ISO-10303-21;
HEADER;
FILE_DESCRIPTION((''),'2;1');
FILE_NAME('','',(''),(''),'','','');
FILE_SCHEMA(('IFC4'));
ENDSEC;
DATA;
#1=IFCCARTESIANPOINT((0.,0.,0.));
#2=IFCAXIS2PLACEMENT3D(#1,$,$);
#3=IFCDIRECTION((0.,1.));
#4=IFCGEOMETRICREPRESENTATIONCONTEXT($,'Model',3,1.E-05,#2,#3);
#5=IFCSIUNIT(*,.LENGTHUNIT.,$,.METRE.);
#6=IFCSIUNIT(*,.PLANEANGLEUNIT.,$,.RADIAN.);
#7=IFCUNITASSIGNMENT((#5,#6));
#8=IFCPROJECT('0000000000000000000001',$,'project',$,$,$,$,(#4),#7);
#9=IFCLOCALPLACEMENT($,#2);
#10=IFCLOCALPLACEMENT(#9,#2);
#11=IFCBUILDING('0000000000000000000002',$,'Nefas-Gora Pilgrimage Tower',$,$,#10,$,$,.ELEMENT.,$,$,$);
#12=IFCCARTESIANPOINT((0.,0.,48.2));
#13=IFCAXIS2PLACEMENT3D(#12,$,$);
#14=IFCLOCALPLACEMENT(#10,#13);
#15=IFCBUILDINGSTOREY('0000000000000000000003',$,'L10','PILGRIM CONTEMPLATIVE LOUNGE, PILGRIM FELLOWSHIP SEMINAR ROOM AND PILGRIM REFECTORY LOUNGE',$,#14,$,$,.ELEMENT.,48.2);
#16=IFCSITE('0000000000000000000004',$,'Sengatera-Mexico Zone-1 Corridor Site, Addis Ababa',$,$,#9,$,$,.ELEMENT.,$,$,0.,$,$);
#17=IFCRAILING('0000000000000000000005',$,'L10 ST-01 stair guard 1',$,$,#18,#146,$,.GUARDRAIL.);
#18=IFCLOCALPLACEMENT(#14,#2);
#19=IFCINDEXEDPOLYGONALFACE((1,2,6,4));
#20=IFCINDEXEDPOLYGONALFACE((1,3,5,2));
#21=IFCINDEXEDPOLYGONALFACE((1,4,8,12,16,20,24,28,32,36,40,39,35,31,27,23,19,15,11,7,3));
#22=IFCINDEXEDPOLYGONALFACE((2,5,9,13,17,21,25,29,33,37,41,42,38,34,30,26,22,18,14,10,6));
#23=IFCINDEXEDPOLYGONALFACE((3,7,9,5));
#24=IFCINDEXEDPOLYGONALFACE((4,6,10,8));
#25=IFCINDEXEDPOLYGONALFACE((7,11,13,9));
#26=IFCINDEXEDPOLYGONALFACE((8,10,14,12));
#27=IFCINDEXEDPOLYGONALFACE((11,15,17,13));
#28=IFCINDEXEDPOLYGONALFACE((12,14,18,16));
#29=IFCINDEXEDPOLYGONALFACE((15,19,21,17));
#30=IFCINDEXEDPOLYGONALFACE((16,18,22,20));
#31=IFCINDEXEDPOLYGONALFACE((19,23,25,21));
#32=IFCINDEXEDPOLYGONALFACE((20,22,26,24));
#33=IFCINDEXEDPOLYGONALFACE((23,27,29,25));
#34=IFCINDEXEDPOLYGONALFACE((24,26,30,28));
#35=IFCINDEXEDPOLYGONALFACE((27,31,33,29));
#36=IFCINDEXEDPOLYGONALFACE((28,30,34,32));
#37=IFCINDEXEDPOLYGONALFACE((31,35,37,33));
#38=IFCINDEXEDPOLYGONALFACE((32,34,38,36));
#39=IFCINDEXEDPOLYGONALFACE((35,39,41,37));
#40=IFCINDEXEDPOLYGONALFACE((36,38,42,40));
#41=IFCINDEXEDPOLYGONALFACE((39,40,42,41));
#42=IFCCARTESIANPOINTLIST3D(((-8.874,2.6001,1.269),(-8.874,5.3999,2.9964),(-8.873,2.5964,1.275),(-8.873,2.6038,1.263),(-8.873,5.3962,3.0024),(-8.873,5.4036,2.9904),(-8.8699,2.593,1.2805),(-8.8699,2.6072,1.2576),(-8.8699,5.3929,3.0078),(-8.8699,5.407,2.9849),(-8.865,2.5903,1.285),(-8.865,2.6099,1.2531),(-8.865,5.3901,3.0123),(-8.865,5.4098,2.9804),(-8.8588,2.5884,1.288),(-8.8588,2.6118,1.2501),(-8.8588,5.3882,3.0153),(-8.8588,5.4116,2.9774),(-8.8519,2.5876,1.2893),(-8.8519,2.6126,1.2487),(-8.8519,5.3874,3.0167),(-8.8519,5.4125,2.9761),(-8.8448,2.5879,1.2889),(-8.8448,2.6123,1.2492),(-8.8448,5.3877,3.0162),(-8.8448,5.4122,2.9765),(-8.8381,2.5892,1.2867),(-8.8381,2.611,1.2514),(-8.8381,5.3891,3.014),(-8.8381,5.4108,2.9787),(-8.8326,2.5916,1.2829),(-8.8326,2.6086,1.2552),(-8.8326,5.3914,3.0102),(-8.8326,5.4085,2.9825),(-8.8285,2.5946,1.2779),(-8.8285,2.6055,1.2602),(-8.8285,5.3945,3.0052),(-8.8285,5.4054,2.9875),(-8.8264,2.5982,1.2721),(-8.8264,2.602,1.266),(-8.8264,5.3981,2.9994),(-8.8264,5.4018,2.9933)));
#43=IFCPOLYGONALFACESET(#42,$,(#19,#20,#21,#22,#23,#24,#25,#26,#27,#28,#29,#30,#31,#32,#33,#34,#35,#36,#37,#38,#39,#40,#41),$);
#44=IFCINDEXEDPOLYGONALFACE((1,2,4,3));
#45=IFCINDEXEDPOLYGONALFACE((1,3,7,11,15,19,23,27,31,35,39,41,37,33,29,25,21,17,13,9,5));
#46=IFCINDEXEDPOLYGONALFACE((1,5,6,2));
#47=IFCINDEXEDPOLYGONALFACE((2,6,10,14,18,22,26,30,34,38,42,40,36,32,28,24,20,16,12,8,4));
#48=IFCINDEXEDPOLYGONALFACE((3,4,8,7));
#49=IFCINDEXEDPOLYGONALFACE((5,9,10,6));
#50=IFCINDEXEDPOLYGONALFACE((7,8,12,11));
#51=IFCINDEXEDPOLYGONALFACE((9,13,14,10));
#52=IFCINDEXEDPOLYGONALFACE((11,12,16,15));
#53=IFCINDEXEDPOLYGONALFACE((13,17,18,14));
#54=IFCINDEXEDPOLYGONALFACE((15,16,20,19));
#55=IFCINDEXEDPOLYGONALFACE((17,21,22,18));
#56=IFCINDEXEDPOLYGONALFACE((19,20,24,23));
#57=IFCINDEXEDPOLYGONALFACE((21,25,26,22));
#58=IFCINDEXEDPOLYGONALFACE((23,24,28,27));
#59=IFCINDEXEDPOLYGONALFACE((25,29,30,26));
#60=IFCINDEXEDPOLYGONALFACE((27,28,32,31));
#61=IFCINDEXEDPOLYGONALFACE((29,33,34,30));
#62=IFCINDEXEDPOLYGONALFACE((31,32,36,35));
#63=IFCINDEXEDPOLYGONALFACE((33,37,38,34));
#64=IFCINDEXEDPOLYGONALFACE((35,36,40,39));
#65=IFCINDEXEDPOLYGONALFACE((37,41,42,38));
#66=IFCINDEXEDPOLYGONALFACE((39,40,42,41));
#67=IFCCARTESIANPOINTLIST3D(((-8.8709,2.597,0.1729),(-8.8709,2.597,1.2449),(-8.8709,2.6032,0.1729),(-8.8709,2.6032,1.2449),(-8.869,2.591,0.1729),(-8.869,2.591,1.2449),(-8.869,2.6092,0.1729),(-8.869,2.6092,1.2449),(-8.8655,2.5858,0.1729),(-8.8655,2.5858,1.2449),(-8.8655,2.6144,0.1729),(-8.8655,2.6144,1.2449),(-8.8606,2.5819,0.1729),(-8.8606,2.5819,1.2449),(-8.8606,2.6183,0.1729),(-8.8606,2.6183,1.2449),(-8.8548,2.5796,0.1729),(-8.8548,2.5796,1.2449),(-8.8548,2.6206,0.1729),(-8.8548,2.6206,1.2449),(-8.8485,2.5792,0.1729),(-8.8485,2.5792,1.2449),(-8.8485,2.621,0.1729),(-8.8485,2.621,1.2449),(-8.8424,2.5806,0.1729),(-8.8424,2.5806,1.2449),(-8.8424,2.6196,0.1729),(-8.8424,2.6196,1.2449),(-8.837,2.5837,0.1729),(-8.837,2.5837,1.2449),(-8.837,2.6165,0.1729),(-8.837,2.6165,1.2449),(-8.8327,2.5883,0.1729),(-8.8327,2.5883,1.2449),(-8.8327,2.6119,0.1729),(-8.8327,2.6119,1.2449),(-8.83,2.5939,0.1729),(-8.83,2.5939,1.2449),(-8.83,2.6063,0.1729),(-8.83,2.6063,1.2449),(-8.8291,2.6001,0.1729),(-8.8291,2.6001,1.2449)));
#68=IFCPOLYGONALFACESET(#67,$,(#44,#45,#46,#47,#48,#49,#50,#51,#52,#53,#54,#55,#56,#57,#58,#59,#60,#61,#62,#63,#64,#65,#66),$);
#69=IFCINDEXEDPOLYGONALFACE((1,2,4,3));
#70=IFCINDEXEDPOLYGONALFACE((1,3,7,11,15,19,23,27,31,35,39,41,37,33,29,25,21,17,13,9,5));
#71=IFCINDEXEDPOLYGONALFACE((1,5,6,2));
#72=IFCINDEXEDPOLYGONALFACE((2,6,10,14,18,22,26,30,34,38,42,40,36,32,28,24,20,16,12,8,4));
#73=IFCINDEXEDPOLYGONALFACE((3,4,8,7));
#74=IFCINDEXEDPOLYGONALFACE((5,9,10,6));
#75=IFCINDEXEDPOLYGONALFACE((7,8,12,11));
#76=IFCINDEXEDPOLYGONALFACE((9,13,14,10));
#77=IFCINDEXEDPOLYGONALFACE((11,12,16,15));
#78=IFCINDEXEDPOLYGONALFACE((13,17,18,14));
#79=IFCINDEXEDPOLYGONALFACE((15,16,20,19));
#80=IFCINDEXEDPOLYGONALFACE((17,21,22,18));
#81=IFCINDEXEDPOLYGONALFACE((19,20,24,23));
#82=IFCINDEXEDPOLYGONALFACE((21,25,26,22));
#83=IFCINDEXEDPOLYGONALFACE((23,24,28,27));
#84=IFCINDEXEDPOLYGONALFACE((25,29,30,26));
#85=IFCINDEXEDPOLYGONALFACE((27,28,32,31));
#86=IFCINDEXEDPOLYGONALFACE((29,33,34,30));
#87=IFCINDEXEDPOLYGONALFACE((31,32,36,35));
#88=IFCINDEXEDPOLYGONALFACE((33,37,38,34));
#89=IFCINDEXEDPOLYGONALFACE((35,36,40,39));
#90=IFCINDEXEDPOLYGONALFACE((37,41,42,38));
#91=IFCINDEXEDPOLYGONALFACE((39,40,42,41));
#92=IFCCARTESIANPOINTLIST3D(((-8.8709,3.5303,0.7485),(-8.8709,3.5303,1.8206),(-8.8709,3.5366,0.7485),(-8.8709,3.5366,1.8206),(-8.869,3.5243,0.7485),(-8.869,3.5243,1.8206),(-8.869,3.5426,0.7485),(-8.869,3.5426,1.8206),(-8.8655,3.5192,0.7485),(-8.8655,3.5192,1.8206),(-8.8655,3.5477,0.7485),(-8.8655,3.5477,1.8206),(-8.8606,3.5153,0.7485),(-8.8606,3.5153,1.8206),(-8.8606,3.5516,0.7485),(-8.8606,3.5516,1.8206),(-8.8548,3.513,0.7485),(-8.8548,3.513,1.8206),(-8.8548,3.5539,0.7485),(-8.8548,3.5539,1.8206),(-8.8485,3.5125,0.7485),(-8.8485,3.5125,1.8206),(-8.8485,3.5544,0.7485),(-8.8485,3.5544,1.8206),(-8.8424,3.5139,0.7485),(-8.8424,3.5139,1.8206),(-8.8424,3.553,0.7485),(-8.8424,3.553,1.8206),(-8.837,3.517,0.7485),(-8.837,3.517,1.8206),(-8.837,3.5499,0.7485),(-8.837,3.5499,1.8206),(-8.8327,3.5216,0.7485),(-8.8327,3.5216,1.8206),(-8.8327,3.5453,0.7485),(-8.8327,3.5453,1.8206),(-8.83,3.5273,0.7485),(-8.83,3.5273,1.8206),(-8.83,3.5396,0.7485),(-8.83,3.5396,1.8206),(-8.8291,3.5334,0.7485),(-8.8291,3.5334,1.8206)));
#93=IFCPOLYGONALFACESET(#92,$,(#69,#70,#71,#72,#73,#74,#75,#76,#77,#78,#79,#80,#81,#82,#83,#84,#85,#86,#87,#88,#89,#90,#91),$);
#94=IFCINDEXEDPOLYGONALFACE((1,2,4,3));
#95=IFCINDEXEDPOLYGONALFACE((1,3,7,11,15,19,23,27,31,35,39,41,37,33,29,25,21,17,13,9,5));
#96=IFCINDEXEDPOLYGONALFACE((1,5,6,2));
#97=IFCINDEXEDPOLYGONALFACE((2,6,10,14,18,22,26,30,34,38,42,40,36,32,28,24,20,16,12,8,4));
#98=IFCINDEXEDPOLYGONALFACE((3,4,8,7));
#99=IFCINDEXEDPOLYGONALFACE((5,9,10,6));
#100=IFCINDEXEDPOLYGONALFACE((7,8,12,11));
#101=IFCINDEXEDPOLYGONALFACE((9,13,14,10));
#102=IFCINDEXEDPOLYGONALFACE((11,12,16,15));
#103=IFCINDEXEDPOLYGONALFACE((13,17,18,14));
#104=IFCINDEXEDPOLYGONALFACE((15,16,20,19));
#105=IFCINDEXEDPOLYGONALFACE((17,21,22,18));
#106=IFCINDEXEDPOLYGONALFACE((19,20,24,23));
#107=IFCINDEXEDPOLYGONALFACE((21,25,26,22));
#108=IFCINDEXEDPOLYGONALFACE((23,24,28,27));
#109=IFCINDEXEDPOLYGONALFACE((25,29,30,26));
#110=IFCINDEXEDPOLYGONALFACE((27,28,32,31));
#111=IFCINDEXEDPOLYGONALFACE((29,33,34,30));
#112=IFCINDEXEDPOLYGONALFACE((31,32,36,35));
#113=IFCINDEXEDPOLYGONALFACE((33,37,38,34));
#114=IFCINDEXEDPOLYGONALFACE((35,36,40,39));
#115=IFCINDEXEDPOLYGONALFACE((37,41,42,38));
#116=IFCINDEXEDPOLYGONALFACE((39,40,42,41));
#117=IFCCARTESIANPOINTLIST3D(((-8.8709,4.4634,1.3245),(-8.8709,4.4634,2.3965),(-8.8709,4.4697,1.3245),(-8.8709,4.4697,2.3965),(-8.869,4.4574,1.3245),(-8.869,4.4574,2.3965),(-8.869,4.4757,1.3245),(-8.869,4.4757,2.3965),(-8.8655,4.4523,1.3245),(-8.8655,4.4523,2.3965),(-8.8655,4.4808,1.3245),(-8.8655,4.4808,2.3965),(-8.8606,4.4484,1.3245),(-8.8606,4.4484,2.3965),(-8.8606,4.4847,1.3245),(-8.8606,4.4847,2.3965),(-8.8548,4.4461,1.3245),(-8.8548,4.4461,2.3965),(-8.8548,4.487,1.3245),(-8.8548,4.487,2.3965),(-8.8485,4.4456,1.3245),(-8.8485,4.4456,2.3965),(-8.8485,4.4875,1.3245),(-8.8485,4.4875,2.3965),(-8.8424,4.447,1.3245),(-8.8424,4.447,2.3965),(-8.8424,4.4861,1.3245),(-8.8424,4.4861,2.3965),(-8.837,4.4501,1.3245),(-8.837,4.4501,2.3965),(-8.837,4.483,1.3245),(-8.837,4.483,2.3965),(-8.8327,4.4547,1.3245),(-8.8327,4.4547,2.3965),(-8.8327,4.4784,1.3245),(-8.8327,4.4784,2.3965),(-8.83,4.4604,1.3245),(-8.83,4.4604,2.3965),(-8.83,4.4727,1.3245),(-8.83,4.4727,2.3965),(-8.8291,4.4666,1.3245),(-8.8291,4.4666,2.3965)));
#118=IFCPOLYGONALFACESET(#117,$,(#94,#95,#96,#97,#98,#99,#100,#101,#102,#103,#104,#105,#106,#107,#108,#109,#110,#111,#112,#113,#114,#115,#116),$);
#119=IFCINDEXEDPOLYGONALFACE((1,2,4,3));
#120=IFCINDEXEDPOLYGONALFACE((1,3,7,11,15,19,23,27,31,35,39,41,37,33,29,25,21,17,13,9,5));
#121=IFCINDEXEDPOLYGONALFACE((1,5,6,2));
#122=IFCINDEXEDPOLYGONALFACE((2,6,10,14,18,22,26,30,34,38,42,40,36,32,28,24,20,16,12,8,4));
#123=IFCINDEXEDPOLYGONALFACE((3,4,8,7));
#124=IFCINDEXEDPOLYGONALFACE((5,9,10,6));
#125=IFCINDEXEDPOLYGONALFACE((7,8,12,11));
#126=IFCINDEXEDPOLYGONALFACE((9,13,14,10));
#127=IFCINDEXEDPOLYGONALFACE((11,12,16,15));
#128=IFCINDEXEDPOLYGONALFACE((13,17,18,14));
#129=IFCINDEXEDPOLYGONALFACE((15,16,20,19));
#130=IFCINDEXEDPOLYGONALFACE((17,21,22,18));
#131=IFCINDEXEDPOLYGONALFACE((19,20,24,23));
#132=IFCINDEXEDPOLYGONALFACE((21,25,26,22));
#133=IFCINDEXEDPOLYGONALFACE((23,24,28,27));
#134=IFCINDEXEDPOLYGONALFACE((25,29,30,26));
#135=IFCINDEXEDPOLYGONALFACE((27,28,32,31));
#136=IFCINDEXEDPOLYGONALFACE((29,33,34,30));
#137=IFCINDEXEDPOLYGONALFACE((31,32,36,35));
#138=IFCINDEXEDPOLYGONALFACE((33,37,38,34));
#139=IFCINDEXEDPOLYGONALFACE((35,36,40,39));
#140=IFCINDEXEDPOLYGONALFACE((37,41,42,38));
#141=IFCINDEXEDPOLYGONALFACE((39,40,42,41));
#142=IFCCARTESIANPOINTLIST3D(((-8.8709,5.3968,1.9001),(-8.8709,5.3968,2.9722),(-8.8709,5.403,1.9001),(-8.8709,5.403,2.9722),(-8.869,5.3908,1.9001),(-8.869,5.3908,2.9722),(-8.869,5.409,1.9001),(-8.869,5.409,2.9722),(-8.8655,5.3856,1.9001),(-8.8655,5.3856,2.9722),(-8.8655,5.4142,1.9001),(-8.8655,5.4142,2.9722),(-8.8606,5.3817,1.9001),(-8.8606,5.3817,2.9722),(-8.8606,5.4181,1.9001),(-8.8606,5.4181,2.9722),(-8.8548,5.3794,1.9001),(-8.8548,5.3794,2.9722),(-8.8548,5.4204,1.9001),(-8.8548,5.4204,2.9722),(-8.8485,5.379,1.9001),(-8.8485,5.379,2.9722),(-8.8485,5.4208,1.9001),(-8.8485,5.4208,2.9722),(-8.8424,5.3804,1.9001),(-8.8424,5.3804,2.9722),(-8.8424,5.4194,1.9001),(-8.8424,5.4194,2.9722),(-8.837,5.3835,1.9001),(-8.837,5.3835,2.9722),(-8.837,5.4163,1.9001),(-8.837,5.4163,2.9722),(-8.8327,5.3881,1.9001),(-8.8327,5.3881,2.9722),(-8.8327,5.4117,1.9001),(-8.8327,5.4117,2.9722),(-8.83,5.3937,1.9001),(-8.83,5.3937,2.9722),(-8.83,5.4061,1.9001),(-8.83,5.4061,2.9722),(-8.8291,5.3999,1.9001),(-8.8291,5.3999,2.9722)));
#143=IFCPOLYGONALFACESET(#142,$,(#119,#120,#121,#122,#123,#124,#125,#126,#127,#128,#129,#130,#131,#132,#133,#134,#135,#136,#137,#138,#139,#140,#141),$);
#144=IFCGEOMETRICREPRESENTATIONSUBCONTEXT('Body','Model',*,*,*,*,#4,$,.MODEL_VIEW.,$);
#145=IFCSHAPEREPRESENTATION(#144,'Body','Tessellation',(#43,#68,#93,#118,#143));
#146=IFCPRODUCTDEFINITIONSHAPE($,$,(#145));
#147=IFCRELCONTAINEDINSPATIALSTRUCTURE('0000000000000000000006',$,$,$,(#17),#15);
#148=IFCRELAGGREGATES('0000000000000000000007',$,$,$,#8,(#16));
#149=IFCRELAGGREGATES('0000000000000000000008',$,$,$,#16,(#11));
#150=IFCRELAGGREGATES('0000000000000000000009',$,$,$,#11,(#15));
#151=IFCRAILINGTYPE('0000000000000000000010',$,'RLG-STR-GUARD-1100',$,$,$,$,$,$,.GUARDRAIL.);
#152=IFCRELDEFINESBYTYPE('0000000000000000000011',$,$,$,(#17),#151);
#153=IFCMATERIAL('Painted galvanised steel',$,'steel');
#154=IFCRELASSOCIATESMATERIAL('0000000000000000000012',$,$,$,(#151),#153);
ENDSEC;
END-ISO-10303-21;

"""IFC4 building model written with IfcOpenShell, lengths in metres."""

from ifc_helpers import new_model, si_unit, direction, frame, origin, origin_2d, place, context, subcontext, project, spatial, circle, extrude, material, type_object, element, save


model = new_model("IFC4")

# Units and contexts
model_context = context("Model", 3, precision=1e-05, world=origin(), true_north=direction((0.0, 1.0)))
body_context = subcontext(model_context, "Body", "Model", "MODEL_VIEW")
ifc_project = project(units=[si_unit("LENGTHUNIT", "METRE"), si_unit("PLANEANGLEUNIT", "RADIAN")], contexts=[model_context])

# Site, building, storey
site_placement = place(None, origin())
site = spatial("IfcSite", under=ifc_project, at=site_placement, Name="Sengatera-Mexico Zone-1 Corridor Site, Addis Ababa", CompositionType="ELEMENT", RefElevation=0.0)
building_placement = place(site_placement, origin())
building = spatial("IfcBuilding", under=site, at=building_placement, Name="Nefas-Gora Pilgrimage Tower", CompositionType="ELEMENT")
storey_placement = place(building_placement, frame((0.0, 0.0, 48.2)))
storey = spatial("IfcBuildingStorey", under=building, at=storey_placement, Name="L10", Description="PILGRIM CONTEMPLATIVE LOUNGE, PILGRIM FELLOWSHIP SEMINAR ROOM AND PILGRIM REFECTORY LOUNGE", CompositionType="ELEMENT", Elevation=48.2)

# Railing
ifc_material_1 = material(Name="Painted galvanised steel", Category="steel")
railing_type_1 = type_object("IfcRailingType", Name="RLG-STR-GUARD-1100", PredefinedType="GUARDRAIL", material=ifc_material_1)
railing_1_placement = place(storey_placement, frame((-8.8501, 2.6001, 0.1729)))
element("IfcRailing", 1, at=railing_1_placement, inside=storey, type_object=railing_type_1, Name="L10 ST-01 stair guard 1", PredefinedType="GUARDRAIL", context=body_context, shape_type="SweptSolid", body=[
    extrude(circle(Radius=0.0239, at=origin_2d()), frame((0.0, 0.0, 1.0962), z_axis=(0.0, 0.851069, 0.525054), x_axis=(-1.0, 0.0, 0.0)), (0.0, 0.0, 1.0), 3.2898),
    extrude(circle(Radius=0.021, at=origin_2d()), origin(), (0.0, 0.0, 1.0), 1.072),
    extrude(circle(Radius=0.021, at=origin_2d()), frame((0.0, 0.9333, 0.5757)), (0.0, 0.0, 1.0), 1.072),
    extrude(circle(Radius=0.021, at=origin_2d()), frame((0.0, 1.8665, 1.1516)), (0.0, 0.0, 1.0), 1.072),
    extrude(circle(Radius=0.021, at=origin_2d()), frame((0.0, 2.7998, 1.7273)), (0.0, 0.0, 1.0), 1.072),
])

save(model, "model.ifc")
